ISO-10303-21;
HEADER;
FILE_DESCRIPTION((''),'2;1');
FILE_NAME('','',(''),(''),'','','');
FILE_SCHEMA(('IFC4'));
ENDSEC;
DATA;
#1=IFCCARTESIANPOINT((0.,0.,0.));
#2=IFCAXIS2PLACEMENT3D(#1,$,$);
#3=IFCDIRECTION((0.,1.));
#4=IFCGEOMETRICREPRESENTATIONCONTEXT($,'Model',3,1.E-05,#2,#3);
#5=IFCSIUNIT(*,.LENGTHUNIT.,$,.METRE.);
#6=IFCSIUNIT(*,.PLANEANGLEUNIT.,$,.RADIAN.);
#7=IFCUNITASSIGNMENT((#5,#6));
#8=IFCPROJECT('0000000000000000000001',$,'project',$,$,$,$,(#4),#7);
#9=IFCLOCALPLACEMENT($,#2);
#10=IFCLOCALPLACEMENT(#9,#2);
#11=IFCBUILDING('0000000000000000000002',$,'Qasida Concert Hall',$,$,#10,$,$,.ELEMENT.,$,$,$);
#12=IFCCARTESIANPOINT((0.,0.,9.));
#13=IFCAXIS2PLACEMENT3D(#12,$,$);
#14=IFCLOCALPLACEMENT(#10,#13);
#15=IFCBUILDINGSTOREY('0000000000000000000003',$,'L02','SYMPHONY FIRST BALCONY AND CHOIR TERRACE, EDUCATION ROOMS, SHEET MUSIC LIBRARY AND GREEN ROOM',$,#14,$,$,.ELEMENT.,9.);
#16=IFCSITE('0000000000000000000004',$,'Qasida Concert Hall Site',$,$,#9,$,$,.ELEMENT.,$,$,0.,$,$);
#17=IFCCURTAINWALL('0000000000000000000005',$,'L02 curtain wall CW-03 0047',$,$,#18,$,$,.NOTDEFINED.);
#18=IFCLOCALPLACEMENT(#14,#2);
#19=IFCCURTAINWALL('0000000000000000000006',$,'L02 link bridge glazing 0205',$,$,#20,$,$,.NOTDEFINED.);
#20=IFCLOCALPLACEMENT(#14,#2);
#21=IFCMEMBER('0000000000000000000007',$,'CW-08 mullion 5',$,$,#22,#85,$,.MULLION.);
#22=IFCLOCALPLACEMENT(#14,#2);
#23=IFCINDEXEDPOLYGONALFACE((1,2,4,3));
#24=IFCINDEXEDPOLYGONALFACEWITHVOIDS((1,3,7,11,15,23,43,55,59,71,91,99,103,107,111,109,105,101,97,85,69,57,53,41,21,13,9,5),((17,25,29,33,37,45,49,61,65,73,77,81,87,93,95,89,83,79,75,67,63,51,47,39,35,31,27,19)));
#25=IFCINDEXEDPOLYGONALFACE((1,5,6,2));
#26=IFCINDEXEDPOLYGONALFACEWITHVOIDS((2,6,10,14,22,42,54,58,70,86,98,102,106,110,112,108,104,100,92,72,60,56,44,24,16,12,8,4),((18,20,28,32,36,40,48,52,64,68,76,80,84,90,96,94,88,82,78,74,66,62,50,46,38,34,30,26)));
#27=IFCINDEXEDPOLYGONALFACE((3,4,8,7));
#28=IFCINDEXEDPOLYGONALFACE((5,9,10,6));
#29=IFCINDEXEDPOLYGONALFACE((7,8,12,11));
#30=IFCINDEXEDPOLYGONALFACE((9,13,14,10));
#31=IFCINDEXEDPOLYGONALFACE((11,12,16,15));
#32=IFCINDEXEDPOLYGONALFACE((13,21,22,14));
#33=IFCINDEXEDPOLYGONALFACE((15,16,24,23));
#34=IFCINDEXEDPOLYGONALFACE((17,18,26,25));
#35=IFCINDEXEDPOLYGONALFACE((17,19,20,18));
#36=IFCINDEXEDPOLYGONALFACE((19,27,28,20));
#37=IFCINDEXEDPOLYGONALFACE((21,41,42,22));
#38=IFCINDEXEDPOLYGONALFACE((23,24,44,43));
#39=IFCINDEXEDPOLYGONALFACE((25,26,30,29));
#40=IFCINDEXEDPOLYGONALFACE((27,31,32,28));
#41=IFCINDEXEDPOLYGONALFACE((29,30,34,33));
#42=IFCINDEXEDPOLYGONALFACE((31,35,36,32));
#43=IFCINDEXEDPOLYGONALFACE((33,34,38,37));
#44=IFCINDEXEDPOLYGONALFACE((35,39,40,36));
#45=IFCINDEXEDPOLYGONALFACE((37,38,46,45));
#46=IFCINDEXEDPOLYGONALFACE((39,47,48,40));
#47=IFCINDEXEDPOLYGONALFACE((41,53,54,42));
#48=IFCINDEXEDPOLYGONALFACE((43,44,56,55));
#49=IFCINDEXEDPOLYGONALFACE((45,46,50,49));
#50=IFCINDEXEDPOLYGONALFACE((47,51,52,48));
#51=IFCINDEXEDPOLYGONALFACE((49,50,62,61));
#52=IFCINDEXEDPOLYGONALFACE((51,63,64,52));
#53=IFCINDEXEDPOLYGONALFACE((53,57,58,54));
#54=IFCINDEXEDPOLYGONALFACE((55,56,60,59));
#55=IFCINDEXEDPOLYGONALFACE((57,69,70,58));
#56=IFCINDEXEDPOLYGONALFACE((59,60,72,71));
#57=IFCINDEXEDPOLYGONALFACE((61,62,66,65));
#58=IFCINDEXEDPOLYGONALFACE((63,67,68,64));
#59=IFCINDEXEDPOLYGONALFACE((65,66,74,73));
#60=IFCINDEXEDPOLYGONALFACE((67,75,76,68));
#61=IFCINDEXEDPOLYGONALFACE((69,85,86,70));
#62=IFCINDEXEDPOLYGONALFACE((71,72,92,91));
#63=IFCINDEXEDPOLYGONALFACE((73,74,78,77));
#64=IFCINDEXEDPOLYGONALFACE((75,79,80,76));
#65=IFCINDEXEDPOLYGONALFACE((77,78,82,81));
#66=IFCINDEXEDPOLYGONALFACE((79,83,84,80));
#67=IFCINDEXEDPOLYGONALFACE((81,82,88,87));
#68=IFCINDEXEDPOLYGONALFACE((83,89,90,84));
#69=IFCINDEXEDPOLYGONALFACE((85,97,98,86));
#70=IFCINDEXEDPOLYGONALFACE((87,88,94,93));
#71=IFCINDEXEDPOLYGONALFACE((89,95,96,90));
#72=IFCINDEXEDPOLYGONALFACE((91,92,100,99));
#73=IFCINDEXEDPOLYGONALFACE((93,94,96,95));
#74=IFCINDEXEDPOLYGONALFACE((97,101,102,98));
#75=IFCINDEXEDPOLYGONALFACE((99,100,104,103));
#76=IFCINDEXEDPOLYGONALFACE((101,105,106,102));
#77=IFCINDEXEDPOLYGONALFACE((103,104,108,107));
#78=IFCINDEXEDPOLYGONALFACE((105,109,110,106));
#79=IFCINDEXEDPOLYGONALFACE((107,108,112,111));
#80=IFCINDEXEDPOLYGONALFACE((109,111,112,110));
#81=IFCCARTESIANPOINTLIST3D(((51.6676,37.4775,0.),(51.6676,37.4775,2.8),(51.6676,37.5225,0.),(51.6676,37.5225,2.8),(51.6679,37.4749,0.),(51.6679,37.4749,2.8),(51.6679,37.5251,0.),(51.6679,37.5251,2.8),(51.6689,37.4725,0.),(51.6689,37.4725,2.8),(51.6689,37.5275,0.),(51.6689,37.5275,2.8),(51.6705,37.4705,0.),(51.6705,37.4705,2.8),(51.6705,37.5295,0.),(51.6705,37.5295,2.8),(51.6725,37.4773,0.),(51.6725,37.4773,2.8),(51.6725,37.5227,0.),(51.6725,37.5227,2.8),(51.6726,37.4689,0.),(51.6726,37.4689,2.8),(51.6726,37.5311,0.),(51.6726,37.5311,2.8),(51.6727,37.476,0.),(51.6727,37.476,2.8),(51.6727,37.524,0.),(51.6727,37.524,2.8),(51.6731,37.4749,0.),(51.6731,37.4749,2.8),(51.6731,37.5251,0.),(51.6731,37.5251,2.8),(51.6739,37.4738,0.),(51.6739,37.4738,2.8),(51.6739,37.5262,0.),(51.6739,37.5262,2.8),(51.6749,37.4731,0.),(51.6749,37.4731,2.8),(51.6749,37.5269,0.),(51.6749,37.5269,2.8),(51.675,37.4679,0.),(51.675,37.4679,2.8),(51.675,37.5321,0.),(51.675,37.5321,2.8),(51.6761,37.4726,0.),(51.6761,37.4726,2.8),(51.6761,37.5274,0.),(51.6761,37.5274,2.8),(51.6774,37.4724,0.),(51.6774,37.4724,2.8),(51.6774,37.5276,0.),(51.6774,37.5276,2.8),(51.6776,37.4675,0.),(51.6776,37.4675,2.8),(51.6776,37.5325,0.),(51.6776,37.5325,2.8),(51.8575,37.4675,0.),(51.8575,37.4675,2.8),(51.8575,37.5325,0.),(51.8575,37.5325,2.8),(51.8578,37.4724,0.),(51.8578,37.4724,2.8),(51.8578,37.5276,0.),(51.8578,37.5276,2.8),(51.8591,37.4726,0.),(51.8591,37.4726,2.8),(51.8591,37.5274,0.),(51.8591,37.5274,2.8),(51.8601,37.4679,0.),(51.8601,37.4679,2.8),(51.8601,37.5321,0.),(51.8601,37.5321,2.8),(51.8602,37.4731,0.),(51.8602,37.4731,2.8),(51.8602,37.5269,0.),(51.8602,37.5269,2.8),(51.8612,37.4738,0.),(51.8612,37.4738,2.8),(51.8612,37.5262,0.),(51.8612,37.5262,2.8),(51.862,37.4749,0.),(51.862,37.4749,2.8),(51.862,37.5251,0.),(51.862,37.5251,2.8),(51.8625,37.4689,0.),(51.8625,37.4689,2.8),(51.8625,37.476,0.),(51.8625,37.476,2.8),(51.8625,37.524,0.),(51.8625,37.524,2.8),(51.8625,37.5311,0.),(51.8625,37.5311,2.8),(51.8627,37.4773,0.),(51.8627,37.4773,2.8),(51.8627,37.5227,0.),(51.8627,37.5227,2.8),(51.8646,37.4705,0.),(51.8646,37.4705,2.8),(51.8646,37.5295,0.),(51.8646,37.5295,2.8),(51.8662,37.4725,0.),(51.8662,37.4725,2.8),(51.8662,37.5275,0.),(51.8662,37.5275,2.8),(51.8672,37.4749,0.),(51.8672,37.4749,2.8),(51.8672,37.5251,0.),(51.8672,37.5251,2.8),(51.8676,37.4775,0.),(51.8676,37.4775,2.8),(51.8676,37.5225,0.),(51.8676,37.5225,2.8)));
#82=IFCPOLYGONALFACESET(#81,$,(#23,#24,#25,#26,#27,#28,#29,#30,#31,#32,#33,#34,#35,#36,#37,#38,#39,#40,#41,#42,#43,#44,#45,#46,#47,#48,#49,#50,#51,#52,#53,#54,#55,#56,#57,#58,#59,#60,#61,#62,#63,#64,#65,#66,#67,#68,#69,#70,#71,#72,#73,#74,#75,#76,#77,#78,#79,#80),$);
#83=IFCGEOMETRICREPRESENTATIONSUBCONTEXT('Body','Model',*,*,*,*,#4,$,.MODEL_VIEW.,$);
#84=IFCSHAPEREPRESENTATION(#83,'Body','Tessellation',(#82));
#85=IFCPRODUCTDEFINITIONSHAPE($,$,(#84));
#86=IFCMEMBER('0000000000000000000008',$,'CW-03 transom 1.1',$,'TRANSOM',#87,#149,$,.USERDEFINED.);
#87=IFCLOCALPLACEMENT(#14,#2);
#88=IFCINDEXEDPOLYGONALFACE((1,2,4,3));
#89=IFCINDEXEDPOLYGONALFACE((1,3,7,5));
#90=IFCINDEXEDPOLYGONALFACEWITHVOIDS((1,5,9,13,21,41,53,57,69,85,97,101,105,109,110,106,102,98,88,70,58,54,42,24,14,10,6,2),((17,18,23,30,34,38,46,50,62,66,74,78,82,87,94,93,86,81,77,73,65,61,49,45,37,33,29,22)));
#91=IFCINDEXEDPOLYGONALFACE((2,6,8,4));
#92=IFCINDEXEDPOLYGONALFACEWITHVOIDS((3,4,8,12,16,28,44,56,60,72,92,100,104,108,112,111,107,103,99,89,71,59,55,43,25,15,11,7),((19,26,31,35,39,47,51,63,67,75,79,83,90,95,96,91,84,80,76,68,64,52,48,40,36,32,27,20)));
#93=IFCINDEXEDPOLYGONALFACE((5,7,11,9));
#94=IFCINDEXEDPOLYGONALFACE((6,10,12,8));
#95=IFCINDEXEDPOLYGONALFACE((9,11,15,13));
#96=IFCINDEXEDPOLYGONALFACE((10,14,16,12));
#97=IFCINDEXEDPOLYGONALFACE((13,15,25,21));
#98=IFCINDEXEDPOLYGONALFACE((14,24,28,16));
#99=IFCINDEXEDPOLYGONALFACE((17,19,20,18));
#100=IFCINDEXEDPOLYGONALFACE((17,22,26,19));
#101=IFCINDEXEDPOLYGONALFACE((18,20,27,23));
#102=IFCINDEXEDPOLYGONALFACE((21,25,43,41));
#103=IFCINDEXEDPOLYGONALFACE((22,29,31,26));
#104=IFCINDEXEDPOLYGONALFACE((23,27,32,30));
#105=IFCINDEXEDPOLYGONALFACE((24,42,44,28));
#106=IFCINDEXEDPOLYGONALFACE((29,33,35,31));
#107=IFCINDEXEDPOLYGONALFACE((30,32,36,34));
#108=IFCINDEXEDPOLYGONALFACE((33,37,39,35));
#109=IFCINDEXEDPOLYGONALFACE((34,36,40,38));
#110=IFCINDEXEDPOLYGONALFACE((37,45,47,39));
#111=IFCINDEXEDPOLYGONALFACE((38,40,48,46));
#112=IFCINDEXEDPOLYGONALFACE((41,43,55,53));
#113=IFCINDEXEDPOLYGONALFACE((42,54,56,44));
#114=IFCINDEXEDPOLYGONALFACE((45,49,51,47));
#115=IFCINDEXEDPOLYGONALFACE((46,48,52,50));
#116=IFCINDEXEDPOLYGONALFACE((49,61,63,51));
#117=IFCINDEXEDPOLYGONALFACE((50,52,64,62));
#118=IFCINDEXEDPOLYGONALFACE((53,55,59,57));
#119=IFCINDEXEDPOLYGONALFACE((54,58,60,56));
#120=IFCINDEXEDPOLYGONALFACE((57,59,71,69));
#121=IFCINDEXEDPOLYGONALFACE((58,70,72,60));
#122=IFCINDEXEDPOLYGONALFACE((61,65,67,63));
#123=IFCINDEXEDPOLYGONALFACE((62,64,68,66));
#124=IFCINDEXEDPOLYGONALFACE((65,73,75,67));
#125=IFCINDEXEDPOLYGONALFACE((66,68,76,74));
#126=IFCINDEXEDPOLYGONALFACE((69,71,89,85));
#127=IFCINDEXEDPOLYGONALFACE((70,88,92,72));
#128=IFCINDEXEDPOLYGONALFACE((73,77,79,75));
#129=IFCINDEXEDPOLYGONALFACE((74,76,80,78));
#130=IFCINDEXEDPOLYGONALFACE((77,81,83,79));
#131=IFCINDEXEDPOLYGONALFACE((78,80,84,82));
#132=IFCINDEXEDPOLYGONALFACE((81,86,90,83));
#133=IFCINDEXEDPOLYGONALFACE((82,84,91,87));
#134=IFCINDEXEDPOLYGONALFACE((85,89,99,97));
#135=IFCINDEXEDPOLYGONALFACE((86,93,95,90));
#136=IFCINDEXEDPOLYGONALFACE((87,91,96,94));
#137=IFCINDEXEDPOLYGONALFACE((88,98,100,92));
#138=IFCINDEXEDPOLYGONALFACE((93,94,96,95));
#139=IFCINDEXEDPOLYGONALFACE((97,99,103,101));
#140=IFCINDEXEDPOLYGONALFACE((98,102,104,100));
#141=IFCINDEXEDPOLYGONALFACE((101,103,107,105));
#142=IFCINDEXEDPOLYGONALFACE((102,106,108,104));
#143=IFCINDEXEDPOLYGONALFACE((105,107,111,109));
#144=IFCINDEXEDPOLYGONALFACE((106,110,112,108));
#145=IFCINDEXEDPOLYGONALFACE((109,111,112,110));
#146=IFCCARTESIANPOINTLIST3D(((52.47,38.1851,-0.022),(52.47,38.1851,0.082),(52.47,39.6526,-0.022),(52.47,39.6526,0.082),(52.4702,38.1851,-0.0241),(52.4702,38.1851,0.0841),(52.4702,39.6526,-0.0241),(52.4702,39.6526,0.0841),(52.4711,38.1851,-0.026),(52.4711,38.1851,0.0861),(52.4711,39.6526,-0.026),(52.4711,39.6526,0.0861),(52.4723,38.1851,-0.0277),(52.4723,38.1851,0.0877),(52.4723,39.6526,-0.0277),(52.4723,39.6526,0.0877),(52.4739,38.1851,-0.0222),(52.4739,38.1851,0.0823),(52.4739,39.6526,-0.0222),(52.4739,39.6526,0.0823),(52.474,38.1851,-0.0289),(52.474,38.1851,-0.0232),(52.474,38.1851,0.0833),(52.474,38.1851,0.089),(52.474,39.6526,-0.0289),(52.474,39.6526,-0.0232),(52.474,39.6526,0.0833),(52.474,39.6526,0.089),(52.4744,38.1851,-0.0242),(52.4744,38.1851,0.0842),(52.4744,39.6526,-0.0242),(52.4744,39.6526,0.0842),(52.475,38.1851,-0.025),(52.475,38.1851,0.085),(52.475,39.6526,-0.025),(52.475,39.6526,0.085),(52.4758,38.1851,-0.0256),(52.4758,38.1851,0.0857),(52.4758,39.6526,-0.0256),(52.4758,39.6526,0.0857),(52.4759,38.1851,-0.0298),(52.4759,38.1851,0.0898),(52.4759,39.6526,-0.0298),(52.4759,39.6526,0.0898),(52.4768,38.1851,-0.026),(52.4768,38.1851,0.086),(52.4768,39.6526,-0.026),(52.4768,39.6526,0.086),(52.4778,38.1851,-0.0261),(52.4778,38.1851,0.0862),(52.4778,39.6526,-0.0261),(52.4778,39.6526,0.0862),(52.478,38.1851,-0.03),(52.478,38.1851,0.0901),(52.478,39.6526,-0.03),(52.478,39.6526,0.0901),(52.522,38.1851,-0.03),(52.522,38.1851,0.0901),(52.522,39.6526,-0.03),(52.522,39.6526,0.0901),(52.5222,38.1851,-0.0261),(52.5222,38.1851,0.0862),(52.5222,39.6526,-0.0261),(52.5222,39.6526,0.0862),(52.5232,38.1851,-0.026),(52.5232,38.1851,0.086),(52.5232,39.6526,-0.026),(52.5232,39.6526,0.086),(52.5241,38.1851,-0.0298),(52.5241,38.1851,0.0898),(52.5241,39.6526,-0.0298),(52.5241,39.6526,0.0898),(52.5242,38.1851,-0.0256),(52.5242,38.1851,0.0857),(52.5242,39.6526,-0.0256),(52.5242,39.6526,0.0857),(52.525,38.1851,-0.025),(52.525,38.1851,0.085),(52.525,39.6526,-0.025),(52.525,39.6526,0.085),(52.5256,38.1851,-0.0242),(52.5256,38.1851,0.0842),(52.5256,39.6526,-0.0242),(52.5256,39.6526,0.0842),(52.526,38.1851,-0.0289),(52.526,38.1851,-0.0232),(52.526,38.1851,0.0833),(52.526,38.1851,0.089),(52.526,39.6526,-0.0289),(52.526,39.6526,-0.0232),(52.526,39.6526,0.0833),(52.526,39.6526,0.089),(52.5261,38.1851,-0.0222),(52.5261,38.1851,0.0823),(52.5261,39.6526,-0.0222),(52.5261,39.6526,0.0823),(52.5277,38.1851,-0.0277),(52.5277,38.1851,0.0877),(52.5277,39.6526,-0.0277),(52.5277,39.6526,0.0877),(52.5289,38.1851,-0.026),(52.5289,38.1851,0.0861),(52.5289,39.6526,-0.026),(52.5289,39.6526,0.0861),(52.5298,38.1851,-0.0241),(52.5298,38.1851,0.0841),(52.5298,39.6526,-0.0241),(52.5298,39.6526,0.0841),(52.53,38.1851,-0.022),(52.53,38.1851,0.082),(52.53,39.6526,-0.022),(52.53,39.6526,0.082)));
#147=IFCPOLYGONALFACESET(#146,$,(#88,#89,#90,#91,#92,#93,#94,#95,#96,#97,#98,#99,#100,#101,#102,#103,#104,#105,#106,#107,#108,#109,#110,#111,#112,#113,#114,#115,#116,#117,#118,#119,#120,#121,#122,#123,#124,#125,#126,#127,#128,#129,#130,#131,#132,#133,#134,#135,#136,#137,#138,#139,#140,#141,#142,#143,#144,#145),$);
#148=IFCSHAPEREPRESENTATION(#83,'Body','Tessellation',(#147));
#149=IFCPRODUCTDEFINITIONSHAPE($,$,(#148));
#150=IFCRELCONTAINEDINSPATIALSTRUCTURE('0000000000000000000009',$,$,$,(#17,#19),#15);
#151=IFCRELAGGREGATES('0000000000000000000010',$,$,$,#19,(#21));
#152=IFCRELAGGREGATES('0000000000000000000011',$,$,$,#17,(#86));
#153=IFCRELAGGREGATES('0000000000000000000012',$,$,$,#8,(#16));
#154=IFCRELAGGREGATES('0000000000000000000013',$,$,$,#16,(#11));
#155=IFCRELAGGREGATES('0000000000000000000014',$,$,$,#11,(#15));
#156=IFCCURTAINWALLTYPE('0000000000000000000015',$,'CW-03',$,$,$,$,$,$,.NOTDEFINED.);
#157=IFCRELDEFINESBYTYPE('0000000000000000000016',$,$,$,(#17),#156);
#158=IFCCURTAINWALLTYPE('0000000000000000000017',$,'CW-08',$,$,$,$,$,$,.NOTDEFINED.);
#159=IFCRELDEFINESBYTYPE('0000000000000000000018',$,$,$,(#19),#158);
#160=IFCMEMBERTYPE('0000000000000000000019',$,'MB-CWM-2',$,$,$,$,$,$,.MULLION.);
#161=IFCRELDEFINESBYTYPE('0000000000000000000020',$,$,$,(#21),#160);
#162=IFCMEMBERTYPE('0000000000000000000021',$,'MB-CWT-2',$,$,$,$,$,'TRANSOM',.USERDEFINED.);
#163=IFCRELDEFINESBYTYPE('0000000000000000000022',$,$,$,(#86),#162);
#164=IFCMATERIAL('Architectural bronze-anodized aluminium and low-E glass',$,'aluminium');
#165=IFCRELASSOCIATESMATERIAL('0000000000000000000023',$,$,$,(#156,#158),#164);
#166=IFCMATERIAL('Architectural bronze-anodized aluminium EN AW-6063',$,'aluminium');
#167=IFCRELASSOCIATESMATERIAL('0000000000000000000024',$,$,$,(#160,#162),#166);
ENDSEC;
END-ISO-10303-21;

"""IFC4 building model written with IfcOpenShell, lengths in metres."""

from ifc_helpers import new_model, si_unit, direction, frame, origin, origin_2d, place, context, subcontext, project, spatial, hollow_rectangle, extrude, material, material_profile, profile_set, type_object, element, aggregate, save


model = new_model("IFC4")

# Units and contexts
model_context = context("Model", 3, precision=1e-05, world=origin(), true_north=direction((0.0, 1.0)))
body_context = subcontext(model_context, "Body", "Model", "MODEL_VIEW")
ifc_project = project(units=[si_unit("LENGTHUNIT", "METRE"), si_unit("PLANEANGLEUNIT", "RADIAN")], contexts=[model_context])

# Site, building, storey
site_placement = place(None, origin())
site = spatial("IfcSite", under=ifc_project, at=site_placement, Name="Qasida Concert Hall Site", CompositionType="ELEMENT", RefElevation=0.0)
building_placement = place(site_placement, origin())
building = spatial("IfcBuilding", under=site, at=building_placement, Name="Qasida Concert Hall", CompositionType="ELEMENT")
storey_placement = place(building_placement, frame((0.0, 0.0, 9.0)))
storey = spatial("IfcBuildingStorey", under=building, at=storey_placement, Name="L02", Description="SYMPHONY FIRST BALCONY AND CHOIR TERRACE, EDUCATION ROOMS, SHEET MUSIC LIBRARY AND GREEN ROOM", CompositionType="ELEMENT", Elevation=9.0)

# Curtain wall
ifc_material_1 = material(Name="Architectural bronze-anodized aluminium and low-E glass", Category="aluminium")
curtain_wall_type_1 = type_object("IfcCurtainWallType", Name="CW-03", PredefinedType="NOTDEFINED", material=ifc_material_1)
curtain_wall_1_placement = place(storey_placement, origin())
curtain_wall_1 = element("IfcCurtainWall", 1, at=curtain_wall_1_placement, inside=storey, type_object=curtain_wall_type_1, Name="L02 curtain wall CW-03 0047", PredefinedType="NOTDEFINED")
ifc_material_2 = material(Name="Architectural bronze-anodized aluminium EN AW-6063", Category="aluminium")
ifc_material_profile_1 = material_profile(ifc_material_2, hollow_rectangle(XDim=0.0649, YDim=0.2, WallThickness=0.0049, InnerFilletRadius=0.0049, OuterFilletRadius=0.01, at=origin_2d()), Name="CWM 200x65x5")
ifc_profile_set_1 = profile_set([ifc_material_profile_1], Name="Architectural bronze-anodized aluminium EN AW-6063")
member_type_1 = type_object("IfcMemberType", Name="MB-CWM-2", PredefinedType="MULLION", material=ifc_profile_set_1)

# Curtain wall, member
curtain_wall_type_2 = type_object("IfcCurtainWallType", Name="CW-08", PredefinedType="NOTDEFINED", material=ifc_material_1)
curtain_wall_2_placement = place(storey_placement, origin())
curtain_wall_2 = element("IfcCurtainWall", 2, at=curtain_wall_2_placement, inside=storey, type_object=curtain_wall_type_2, Name="L02 link bridge glazing 0205", PredefinedType="NOTDEFINED")
member_1_placement = place(storey_placement, frame((51.7676, 37.5, 0.0), z_axis=(0.0, 0.0, 1.0), x_axis=(0.0, 1.0, 0.0)))
member_1 = element("IfcMember", 3, at=member_1_placement, type_object=member_type_1, Name="CW-08 mullion 5", PredefinedType="MULLION", context=body_context, shape_type="SweptSolid", body=[
    extrude(hollow_rectangle(XDim=0.0649, YDim=0.2, WallThickness=0.0049, InnerFilletRadius=0.0049, OuterFilletRadius=0.01, at=origin_2d()), origin(), (0.0, 0.0, 1.0), 2.8),
])
aggregate(curtain_wall_2, [member_1])

# Member
ifc_material_profile_2 = material_profile(ifc_material_2, hollow_rectangle(XDim=0.0601, YDim=0.1201, WallThickness=0.0039, InnerFilletRadius=0.0039, OuterFilletRadius=0.0081, at=origin_2d()), Name="CWT 120x60x4")
ifc_profile_set_2 = profile_set([ifc_material_profile_2], Name="Architectural bronze-anodized aluminium EN AW-6063")
member_type_2 = type_object("IfcMemberType", Name="MB-CWT-2", ElementType="TRANSOM", PredefinedType="USERDEFINED", material=ifc_profile_set_2)
member_2_placement = place(storey_placement, frame((52.5, 38.1851, 0.03), z_axis=(0.0, 1.0, 0.0), x_axis=(-1.0, 0.0, 0.0)))
member_2 = element("IfcMember", 4, at=member_2_placement, type_object=member_type_2, Name="CW-03 transom 1.1", ObjectType="TRANSOM", PredefinedType="USERDEFINED", context=body_context, shape_type="SweptSolid", body=[
    extrude(hollow_rectangle(XDim=0.0601, YDim=0.1201, WallThickness=0.0039, InnerFilletRadius=0.0039, OuterFilletRadius=0.0081, at=origin_2d()), origin(), (0.0, 0.0, 1.0), 1.4675),
])

aggregate(curtain_wall_1, [member_2])

save(model, "model.ifc")
